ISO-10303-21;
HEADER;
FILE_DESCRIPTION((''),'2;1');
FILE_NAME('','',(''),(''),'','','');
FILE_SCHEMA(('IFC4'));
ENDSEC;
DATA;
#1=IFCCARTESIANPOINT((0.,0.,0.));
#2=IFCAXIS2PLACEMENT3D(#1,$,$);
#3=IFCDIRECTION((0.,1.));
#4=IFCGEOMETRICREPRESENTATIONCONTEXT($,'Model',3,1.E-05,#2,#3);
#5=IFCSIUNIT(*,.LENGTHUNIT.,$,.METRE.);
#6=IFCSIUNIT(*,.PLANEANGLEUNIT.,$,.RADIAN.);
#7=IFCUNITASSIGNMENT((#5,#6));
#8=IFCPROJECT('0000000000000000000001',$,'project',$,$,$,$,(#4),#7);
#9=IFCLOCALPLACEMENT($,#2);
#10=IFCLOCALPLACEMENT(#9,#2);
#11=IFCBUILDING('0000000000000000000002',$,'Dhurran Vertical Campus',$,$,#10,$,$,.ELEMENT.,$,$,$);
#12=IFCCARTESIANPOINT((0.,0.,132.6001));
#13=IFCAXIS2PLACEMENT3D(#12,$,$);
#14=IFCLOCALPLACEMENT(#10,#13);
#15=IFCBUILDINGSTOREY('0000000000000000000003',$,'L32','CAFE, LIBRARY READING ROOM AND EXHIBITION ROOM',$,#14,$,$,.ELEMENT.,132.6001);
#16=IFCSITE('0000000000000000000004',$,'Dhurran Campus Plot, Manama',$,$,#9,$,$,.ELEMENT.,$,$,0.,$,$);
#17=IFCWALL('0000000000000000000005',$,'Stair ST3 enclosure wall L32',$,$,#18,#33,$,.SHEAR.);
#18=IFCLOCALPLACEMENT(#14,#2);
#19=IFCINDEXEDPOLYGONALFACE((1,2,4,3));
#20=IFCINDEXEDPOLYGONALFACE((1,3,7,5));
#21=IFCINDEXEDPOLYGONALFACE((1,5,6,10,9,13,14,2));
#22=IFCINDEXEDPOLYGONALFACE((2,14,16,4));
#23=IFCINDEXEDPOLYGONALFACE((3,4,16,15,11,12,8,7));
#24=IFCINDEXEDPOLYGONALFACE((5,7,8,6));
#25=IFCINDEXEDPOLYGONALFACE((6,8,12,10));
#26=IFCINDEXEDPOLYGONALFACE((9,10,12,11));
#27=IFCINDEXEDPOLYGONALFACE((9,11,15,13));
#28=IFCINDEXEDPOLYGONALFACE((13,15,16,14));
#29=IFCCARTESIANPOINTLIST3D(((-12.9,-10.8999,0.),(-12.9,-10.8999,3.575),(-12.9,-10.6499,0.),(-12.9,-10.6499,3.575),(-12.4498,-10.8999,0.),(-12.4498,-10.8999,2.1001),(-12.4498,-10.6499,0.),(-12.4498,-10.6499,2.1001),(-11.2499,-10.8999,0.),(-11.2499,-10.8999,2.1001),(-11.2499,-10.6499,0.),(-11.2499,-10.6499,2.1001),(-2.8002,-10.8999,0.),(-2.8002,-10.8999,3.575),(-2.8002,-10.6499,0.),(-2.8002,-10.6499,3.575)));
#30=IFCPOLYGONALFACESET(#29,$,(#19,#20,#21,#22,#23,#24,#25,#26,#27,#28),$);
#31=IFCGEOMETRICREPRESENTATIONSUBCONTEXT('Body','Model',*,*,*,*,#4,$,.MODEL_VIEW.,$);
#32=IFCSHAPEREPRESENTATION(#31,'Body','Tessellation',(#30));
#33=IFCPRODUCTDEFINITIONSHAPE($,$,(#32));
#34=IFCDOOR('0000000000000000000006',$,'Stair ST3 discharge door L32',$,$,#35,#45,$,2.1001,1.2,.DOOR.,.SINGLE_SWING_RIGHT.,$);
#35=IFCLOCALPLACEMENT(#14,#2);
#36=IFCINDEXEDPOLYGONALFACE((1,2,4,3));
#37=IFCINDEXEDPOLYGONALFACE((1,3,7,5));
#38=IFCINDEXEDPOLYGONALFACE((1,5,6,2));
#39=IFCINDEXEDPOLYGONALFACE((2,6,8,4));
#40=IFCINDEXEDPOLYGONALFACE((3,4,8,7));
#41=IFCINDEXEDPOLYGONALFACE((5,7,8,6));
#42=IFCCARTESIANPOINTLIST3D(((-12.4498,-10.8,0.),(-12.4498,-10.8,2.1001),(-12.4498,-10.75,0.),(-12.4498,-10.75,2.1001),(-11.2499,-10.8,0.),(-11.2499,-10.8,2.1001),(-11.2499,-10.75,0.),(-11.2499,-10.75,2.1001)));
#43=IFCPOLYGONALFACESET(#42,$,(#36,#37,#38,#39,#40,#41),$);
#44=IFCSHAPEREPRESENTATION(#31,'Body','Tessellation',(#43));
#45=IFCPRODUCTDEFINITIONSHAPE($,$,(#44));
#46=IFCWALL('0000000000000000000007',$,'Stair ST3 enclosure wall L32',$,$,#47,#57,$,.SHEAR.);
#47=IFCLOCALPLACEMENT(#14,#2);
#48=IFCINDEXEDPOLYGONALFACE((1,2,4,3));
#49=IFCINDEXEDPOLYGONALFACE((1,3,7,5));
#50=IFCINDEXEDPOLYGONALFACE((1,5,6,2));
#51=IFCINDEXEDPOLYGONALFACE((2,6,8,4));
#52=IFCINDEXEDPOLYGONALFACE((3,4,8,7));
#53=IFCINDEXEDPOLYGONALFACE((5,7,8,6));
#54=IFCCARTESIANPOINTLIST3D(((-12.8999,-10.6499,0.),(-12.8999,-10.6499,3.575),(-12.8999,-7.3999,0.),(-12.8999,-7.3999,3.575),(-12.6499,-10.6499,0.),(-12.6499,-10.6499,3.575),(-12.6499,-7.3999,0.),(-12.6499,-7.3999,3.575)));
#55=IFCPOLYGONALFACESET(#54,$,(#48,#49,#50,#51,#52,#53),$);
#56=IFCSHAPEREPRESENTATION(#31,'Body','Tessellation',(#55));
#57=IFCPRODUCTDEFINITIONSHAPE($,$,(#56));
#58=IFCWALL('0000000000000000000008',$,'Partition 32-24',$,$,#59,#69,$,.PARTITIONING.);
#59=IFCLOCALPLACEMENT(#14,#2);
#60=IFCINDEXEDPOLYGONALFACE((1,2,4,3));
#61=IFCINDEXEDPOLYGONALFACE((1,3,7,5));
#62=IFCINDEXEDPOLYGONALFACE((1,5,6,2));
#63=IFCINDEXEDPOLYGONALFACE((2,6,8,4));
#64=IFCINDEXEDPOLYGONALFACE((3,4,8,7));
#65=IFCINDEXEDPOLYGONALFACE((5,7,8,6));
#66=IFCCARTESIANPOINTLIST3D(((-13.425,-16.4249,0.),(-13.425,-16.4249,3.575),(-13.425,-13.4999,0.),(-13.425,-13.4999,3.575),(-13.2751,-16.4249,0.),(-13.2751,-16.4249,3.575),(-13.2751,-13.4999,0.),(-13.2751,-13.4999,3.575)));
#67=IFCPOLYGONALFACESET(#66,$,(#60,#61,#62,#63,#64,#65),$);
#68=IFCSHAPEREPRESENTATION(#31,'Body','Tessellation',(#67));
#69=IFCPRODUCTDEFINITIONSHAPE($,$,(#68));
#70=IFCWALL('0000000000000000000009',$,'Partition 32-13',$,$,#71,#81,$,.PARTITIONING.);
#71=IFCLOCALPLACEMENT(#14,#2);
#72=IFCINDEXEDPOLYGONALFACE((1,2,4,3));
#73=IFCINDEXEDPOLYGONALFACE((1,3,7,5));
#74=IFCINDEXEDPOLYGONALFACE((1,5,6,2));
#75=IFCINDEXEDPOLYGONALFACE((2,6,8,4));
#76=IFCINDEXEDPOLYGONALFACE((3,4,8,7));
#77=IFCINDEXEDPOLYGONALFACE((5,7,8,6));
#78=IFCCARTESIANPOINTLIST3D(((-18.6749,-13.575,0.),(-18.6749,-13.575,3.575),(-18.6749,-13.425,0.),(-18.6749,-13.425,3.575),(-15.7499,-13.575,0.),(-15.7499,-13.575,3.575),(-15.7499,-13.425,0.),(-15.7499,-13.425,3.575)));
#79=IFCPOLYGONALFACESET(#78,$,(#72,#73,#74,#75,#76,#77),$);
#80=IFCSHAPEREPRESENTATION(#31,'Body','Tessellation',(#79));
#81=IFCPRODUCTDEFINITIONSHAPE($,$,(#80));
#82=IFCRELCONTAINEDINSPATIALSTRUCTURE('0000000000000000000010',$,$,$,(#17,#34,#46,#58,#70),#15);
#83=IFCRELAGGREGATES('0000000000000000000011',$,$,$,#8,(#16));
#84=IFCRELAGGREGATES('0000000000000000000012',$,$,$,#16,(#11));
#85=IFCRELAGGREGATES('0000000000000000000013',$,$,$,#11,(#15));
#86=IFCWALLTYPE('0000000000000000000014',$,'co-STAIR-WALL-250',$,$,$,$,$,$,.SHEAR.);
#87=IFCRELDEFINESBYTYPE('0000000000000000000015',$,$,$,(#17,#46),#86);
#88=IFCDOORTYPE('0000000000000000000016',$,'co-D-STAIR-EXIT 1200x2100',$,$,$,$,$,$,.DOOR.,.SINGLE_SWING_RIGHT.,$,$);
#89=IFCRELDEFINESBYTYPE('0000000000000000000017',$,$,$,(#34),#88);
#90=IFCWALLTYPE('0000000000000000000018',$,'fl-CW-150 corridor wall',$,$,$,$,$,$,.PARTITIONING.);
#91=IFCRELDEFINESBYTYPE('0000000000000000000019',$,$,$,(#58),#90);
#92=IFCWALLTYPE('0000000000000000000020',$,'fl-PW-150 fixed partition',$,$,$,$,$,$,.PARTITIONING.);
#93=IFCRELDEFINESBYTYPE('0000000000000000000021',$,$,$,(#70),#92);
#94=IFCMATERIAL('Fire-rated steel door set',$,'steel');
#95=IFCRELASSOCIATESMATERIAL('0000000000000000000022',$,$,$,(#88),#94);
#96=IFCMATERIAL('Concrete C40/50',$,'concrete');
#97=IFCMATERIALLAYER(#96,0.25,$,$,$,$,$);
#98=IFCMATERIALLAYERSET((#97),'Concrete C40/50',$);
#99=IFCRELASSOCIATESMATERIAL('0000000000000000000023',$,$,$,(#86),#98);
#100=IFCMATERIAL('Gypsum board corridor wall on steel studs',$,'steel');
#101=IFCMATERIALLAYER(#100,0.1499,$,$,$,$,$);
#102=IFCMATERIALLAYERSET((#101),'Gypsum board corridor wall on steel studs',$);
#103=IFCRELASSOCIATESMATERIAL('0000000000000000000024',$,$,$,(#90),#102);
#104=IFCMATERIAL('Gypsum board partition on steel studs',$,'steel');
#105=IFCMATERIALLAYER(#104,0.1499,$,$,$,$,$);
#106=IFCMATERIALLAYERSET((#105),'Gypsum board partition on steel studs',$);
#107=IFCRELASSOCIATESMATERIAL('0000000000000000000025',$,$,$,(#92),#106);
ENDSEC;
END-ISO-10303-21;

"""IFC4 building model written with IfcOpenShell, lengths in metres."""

from ifc_helpers import new_model, si_unit, direction, frame, frame_2d, origin, place, context, subcontext, project, spatial, rectangle, extrude, material, layer, layer_set, type_object, element, fill, save


model = new_model("IFC4")

# Units and contexts
model_context = context("Model", 3, precision=1e-05, world=origin(), true_north=direction((0.0, 1.0)))
body_context = subcontext(model_context, "Body", "Model", "MODEL_VIEW")
ifc_project = project(units=[si_unit("LENGTHUNIT", "METRE"), si_unit("PLANEANGLEUNIT", "RADIAN")], contexts=[model_context])

# Site, building, storey
site_placement = place(None, origin())
site = spatial("IfcSite", under=ifc_project, at=site_placement, Name="Dhurran Campus Plot, Manama", CompositionType="ELEMENT", RefElevation=0.0)
building_placement = place(site_placement, origin())
building = spatial("IfcBuilding", under=site, at=building_placement, Name="Dhurran Vertical Campus", CompositionType="ELEMENT")
storey_placement = place(building_placement, frame((0.0, 0.0, 132.6001)))
storey = spatial("IfcBuildingStorey", under=building, at=storey_placement, Name="L32", Description="CAFE, LIBRARY READING ROOM AND EXHIBITION ROOM", CompositionType="ELEMENT", Elevation=132.6001)

# Shared definitions
ifc_material_1 = material(Name="Fire-rated steel door set", Category="steel")
door_type_1 = type_object("IfcDoorType", Name="co-D-STAIR-EXIT 1200x2100", OperationType="SINGLE_SWING_RIGHT", PredefinedType="DOOR", material=ifc_material_1)

# Wall, opening, door
ifc_material_2 = material(Name="Concrete C40/50", Category="concrete")
ifc_layer_1 = layer(ifc_material_2, 0.25)
ifc_layer_set_1 = layer_set([ifc_layer_1], Name="Concrete C40/50")
wall_type_1 = type_object("IfcWallType", Name="co-STAIR-WALL-250", PredefinedType="SHEAR", material=ifc_layer_set_1)
wall_1_placement = place(storey_placement, frame((-12.8999, -10.7749, 0.0), z_axis=(0.0, 0.0, 1.0), x_axis=(1.0, 0.0, 0.0)))
wall_1 = element("IfcWall", 1, at=wall_1_placement, inside=storey, type_object=wall_type_1, Name="Stair ST3 enclosure wall L32", PredefinedType="SHEAR", context=body_context, shape_type="SweptSolid", body=[
    extrude(rectangle(XDim=10.0999, YDim=0.25, at=frame_2d((5.0498, 0.0))), origin(), (0.0, 0.0, 1.0), 3.575),
])
opening_1_placement = place(wall_1_placement, frame((0.45, 0.0, 0.0)))
opening_1 = element("IfcOpeningElement", 2, at=opening_1_placement, cuts=wall_1, PredefinedType="OPENING", context=body_context, shape_type="SweptSolid", body=[
    extrude(rectangle(XDim=1.2, YDim=2.1001, at=frame_2d((0.6001, 1.05))), frame((0.0, 0.135, 0.0), z_axis=(0.0, -1.0, 0.0), x_axis=(1.0, 0.0, 0.0)), (0.0, 0.0, 1.0), 0.27),
])
door_1_placement = place(opening_1_placement, origin())
door_1 = element("IfcDoor", 3, at=door_1_placement, inside=storey, type_object=door_type_1, Name="Stair ST3 discharge door L32", OperationType="SINGLE_SWING_RIGHT", OverallHeight=2.1001, OverallWidth=1.2, PredefinedType="DOOR", context=body_context, shape_type="SweptSolid", body=[
    extrude(rectangle(XDim=1.2, YDim=2.1001, at=frame_2d((0.6001, 1.05))), frame((0.0, 0.0249, 0.0), z_axis=(0.0, -1.0, 0.0), x_axis=(1.0, 0.0, 0.0)), (0.0, 0.0, 1.0), 0.05),
])
fill(opening_1, door_1)

# Walls
wall_2_placement = place(storey_placement, frame((-12.7749, -10.6499, 0.0), z_axis=(0.0, 0.0, 1.0), x_axis=(0.0, 1.0, 0.0)))
element("IfcWall", 4, at=wall_2_placement, inside=storey, type_object=wall_type_1, Name="Stair ST3 enclosure wall L32", PredefinedType="SHEAR", context=body_context, shape_type="SweptSolid", body=[
    extrude(rectangle(XDim=3.25, YDim=0.25, at=frame_2d((1.625, 0.0))), origin(), (0.0, 0.0, 1.0), 3.575),
])
ifc_material_3 = material(Name="Gypsum board corridor wall on steel studs", Category="steel")
ifc_layer_2 = layer(ifc_material_3, 0.1499)
ifc_layer_set_2 = layer_set([ifc_layer_2], Name="Gypsum board corridor wall on steel studs")
wall_type_2 = type_object("IfcWallType", Name="fl-CW-150 corridor wall", PredefinedType="PARTITIONING", material=ifc_layer_set_2)
wall_3_placement = place(storey_placement, frame((-13.3501, -13.5, 0.0), z_axis=(0.0, 0.0, 1.0), x_axis=(0.0, -1.0, 0.0)))
element("IfcWall", 5, at=wall_3_placement, inside=storey, type_object=wall_type_2, Name="Partition 32-24", PredefinedType="PARTITIONING", context=body_context, shape_type="SweptSolid", body=[
    extrude(rectangle(XDim=2.925, YDim=0.1499, at=frame_2d((1.4624, 0.0))), origin(), (0.0, 0.0, 1.0), 3.575),
])
ifc_material_4 = material(Name="Gypsum board partition on steel studs", Category="steel")
ifc_layer_3 = layer(ifc_material_4, 0.1499)
ifc_layer_set_3 = layer_set([ifc_layer_3], Name="Gypsum board partition on steel studs")
wall_type_3 = type_object("IfcWallType", Name="fl-PW-150 fixed partition", PredefinedType="PARTITIONING", material=ifc_layer_set_3)
wall_4_placement = place(storey_placement, frame((-15.75, -13.5, 0.0), z_axis=(0.0, 0.0, 1.0), x_axis=(-1.0, 0.0, 0.0)))
element("IfcWall", 6, at=wall_4_placement, inside=storey, type_object=wall_type_3, Name="Partition 32-13", PredefinedType="PARTITIONING", context=body_context, shape_type="SweptSolid", body=[
    extrude(rectangle(XDim=2.925, YDim=0.1499, at=frame_2d((1.4624, 0.0))), origin(), (0.0, 0.0, 1.0), 3.575),
])

save(model, "model.ifc")
